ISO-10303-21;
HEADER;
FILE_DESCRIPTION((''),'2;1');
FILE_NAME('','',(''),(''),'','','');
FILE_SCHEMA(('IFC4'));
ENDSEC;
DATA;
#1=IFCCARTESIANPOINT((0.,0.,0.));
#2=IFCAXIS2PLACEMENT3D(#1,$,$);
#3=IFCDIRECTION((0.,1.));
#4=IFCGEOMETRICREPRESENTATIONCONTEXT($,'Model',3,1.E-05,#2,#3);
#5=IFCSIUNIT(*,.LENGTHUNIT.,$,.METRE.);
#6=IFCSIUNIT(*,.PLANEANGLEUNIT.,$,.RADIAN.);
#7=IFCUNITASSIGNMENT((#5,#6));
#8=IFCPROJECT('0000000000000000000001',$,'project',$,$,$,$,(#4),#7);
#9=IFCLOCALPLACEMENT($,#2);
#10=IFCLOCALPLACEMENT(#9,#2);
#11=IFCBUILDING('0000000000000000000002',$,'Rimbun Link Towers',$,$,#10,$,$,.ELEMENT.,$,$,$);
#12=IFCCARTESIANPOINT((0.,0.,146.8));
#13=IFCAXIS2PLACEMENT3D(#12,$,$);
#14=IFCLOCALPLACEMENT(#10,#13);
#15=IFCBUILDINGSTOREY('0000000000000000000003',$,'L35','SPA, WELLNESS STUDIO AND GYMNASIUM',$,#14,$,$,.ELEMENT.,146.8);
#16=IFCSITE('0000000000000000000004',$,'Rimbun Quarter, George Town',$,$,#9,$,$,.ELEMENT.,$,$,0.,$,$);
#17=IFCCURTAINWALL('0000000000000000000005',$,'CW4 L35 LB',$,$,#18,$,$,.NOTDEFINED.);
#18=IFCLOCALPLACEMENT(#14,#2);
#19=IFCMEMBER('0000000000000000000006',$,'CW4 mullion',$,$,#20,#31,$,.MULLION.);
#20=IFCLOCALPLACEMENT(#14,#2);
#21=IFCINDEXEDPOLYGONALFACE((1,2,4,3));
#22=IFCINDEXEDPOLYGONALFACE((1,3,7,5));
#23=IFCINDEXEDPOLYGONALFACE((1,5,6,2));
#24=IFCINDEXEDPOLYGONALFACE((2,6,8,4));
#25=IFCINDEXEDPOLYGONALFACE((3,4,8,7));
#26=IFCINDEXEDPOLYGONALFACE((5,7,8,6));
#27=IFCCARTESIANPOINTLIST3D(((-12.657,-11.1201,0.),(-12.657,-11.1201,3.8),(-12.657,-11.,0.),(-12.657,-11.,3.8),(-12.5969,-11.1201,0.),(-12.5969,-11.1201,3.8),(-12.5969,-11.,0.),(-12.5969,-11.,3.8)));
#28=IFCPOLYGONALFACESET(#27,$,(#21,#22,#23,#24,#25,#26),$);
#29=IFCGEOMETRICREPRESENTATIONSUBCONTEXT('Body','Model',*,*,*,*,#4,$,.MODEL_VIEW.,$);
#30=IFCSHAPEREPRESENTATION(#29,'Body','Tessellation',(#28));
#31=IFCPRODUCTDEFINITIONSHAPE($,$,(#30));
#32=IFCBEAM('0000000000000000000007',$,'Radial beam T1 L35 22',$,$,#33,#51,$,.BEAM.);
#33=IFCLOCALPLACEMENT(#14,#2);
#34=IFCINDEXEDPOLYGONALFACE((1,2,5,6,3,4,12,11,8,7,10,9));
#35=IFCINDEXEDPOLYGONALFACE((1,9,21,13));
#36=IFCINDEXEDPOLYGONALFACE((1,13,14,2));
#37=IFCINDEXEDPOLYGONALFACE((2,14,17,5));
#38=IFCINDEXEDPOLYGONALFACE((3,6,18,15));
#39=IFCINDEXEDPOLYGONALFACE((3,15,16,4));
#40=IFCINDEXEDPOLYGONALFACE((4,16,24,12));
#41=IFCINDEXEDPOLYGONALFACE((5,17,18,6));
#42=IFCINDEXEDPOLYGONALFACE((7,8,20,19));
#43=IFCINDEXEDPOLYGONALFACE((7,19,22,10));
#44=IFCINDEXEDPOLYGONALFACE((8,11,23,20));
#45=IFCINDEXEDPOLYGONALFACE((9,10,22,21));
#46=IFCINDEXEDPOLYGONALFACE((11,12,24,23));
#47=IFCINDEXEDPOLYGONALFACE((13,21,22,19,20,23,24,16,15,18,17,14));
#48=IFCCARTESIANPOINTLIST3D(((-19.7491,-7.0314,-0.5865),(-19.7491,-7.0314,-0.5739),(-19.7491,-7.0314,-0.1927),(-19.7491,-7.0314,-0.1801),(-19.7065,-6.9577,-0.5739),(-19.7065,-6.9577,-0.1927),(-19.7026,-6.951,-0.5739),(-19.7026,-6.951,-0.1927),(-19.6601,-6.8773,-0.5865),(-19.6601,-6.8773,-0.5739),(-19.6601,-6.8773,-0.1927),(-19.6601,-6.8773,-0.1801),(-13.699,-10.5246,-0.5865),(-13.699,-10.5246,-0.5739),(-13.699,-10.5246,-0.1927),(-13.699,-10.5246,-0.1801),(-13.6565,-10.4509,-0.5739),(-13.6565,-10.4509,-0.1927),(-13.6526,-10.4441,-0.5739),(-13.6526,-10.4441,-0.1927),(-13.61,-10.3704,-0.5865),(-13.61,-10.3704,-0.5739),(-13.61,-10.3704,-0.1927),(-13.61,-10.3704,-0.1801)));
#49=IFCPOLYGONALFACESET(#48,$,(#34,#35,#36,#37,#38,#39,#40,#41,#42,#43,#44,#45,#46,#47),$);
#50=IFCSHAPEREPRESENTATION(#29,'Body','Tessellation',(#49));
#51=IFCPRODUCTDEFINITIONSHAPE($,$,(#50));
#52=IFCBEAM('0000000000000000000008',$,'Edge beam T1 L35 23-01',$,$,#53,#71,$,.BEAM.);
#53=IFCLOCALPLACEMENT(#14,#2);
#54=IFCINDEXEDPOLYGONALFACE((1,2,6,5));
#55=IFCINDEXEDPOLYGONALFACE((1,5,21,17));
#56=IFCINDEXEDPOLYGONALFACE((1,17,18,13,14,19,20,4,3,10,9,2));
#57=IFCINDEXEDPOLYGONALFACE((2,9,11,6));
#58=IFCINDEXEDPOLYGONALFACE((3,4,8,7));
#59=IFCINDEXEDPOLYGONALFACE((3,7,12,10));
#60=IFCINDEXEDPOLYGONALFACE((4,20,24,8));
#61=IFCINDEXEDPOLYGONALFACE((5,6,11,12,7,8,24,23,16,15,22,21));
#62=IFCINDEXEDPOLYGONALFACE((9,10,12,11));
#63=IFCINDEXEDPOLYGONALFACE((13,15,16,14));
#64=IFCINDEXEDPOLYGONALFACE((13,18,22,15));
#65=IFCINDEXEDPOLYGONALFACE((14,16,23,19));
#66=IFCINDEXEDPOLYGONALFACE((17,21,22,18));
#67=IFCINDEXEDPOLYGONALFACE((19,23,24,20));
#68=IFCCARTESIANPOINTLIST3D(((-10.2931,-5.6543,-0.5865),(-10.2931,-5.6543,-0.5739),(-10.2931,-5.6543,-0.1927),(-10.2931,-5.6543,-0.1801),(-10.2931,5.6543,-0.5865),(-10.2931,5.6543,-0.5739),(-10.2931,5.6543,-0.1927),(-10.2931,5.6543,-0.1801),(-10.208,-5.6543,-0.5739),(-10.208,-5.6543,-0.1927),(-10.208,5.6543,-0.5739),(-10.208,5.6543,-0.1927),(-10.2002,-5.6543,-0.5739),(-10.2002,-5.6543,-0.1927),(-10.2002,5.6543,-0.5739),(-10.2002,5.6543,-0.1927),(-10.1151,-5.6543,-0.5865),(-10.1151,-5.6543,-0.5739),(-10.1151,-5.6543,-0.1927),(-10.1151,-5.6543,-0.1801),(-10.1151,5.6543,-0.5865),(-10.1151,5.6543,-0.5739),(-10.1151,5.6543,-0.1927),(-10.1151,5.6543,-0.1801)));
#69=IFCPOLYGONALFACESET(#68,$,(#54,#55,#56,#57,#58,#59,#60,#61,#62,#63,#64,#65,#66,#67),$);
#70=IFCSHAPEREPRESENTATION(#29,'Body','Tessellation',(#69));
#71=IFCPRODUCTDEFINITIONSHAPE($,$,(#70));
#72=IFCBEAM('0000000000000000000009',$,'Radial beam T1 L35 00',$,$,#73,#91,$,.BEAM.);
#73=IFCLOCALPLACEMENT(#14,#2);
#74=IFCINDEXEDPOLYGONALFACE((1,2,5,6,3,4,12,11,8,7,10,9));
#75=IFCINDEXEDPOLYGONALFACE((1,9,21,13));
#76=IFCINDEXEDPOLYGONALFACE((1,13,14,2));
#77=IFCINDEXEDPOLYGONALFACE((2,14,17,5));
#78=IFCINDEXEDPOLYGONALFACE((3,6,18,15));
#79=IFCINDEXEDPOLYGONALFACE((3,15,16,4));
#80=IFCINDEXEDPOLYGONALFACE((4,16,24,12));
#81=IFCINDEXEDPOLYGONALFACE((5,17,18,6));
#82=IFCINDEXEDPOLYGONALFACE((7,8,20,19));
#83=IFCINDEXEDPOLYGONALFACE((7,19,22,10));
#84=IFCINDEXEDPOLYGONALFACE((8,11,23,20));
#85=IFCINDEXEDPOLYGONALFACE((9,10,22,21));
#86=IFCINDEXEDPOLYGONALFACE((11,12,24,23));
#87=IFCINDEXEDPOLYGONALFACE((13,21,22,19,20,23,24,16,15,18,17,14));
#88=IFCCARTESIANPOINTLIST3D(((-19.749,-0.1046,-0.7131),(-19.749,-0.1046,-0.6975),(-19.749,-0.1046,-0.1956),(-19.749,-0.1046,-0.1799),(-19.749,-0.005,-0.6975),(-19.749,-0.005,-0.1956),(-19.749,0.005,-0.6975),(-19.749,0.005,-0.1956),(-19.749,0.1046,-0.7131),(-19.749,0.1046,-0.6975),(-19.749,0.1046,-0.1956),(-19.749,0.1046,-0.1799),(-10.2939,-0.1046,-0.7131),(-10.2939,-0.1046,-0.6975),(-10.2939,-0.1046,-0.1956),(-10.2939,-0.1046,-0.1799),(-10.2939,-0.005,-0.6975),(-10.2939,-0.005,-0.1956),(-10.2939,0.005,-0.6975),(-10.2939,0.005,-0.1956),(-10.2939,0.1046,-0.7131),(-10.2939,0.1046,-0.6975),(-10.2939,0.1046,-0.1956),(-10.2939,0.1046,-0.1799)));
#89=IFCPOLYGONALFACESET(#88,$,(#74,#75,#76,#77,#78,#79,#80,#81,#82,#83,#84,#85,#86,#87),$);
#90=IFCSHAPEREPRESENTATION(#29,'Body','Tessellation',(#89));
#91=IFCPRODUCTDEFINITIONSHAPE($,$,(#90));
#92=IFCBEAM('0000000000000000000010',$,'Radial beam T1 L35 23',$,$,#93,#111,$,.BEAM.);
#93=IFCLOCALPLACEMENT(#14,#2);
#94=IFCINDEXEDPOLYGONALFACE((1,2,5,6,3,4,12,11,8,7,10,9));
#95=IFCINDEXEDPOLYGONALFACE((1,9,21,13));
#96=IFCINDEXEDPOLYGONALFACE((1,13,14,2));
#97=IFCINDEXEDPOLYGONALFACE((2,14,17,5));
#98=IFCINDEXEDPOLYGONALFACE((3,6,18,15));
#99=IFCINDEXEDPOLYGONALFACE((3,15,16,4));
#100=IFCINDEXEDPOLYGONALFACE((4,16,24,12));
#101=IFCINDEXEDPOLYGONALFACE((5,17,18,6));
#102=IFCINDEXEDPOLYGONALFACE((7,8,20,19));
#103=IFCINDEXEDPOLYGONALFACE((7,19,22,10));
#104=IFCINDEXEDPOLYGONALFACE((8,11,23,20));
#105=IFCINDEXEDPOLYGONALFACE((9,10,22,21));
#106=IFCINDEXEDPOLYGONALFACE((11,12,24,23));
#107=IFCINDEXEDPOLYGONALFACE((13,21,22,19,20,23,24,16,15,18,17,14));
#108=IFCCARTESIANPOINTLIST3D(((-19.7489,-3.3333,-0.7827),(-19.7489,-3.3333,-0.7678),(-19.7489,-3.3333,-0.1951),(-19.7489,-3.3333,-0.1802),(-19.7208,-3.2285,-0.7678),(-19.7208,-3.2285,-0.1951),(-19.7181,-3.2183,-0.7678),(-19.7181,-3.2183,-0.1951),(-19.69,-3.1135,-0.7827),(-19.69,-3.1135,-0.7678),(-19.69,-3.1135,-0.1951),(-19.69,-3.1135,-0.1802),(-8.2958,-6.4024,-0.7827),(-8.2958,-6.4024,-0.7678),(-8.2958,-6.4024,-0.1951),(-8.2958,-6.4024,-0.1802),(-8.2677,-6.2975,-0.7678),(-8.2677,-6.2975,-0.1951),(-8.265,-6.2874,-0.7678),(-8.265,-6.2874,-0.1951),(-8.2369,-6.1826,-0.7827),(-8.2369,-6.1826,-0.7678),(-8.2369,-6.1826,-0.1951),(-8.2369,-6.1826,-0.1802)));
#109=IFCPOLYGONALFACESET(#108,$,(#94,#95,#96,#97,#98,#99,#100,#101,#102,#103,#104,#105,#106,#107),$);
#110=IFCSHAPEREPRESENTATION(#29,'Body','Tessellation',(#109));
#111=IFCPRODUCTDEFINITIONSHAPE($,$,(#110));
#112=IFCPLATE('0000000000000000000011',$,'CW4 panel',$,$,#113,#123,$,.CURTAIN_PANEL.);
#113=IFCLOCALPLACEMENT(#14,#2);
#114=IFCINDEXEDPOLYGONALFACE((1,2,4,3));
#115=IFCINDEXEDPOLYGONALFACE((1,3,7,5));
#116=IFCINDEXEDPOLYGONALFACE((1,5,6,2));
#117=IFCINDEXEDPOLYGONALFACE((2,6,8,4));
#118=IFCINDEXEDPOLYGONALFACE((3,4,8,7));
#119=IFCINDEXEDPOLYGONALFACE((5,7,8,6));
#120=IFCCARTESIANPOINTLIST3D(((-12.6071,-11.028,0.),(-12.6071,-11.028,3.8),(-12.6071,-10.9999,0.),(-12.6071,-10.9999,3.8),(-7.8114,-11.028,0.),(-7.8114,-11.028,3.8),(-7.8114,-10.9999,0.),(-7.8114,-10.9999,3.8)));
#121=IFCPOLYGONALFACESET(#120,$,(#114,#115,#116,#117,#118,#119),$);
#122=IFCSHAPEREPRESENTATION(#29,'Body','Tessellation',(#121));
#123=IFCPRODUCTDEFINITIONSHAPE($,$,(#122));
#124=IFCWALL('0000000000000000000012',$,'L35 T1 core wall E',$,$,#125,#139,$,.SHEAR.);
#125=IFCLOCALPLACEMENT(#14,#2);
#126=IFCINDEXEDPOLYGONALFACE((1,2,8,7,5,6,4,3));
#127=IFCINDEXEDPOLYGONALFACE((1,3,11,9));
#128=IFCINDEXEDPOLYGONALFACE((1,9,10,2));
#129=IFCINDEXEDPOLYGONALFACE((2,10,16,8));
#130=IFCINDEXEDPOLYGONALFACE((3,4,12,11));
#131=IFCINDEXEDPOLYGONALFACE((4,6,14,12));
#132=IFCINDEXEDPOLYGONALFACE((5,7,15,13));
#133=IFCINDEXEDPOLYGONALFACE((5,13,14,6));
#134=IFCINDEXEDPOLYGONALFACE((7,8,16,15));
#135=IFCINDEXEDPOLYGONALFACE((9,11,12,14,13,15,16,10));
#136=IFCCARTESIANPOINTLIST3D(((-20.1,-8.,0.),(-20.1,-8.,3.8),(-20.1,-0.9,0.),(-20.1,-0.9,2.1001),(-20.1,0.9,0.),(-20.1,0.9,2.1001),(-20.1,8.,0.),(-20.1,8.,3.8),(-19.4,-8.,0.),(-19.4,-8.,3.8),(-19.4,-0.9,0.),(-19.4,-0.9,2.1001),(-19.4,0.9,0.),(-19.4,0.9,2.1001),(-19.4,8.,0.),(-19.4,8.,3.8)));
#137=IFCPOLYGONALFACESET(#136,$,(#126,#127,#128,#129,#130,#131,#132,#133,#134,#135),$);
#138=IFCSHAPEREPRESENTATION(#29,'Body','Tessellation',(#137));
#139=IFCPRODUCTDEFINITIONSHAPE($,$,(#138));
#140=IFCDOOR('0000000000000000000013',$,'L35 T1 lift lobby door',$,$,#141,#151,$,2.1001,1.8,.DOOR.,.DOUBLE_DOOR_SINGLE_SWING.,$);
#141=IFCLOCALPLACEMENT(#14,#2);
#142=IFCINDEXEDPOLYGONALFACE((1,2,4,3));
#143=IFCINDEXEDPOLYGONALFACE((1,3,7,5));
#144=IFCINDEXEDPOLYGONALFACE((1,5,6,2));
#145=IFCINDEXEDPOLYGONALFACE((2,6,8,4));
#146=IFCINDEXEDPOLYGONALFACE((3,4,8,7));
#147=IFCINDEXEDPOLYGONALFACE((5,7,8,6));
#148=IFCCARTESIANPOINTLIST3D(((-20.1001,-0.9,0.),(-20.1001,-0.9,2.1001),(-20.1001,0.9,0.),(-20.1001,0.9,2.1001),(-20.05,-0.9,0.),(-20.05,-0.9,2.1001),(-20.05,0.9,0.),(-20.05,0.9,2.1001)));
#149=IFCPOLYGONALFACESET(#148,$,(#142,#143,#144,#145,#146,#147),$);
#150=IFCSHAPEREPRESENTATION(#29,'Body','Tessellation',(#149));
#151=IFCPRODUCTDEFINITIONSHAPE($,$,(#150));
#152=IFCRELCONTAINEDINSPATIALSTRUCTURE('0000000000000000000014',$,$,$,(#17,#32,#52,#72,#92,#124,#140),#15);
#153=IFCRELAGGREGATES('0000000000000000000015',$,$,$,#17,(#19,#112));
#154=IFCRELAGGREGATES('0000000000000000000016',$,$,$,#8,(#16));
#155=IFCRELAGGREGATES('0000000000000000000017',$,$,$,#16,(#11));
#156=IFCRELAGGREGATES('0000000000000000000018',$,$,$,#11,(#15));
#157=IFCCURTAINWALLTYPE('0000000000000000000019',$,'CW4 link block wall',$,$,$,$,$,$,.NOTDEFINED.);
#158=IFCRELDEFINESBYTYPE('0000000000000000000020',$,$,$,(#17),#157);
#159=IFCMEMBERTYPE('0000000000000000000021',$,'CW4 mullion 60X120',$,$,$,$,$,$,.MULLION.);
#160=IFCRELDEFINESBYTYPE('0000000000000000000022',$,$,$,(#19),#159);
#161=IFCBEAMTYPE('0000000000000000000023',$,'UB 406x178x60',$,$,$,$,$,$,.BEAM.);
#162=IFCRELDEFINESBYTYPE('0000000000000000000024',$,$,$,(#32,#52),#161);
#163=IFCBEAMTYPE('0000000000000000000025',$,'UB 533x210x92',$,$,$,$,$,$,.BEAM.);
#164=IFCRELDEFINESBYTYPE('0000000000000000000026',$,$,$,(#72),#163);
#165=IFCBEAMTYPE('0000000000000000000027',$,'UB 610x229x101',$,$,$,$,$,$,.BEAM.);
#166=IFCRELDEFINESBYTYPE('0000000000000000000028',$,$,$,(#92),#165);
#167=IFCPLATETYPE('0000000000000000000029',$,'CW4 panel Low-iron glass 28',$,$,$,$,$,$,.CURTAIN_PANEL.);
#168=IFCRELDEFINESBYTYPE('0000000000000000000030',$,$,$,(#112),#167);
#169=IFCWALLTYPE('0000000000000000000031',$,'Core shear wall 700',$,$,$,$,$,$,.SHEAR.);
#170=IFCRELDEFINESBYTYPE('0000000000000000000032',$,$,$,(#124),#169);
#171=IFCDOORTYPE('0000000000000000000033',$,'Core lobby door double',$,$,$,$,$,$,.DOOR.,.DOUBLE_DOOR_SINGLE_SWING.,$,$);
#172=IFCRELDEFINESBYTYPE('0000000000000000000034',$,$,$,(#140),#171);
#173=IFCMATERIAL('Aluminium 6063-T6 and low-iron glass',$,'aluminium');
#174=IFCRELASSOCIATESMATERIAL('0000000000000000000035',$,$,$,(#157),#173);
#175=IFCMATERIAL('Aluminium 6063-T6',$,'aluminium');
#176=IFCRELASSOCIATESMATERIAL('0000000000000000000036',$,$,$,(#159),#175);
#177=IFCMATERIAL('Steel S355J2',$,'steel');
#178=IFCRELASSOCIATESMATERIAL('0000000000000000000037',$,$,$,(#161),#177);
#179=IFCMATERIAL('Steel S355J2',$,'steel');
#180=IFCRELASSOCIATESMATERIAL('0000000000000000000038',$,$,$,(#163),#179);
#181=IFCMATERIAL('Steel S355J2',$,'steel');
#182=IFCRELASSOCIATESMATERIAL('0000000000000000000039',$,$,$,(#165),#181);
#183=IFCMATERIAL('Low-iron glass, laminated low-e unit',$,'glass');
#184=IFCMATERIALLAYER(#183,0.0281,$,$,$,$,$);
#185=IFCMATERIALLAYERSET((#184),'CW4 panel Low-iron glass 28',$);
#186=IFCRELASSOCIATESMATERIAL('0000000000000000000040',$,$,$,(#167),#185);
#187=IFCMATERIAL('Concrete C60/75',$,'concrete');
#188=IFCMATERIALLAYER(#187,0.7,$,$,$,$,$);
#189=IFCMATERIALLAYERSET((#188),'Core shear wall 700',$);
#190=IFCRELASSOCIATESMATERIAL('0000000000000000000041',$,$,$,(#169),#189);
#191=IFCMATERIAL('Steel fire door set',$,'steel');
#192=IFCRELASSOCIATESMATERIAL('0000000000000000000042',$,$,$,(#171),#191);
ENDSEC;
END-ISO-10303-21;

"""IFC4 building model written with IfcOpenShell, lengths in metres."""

from ifc_helpers import new_model, si_unit, direction, frame, frame_2d, origin, origin_2d, place, context, subcontext, project, spatial, rectangle, i_section, extrude, material, layer, layer_set, material_profile, profile_set, type_object, element, fill, aggregate, save


model = new_model("IFC4")

# Units and contexts
model_context = context("Model", 3, precision=1e-05, world=origin(), true_north=direction((0.0, 1.0)))
body_context = subcontext(model_context, "Body", "Model", "MODEL_VIEW")
ifc_project = project(units=[si_unit("LENGTHUNIT", "METRE"), si_unit("PLANEANGLEUNIT", "RADIAN")], contexts=[model_context])

# Site, building, storey
site_placement = place(None, origin())
site = spatial("IfcSite", under=ifc_project, at=site_placement, Name="Rimbun Quarter, George Town", CompositionType="ELEMENT", RefElevation=0.0)
building_placement = place(site_placement, origin())
building = spatial("IfcBuilding", under=site, at=building_placement, Name="Rimbun Link Towers", CompositionType="ELEMENT")
storey_placement = place(building_placement, frame((0.0, 0.0, 146.8)))
storey = spatial("IfcBuildingStorey", under=building, at=storey_placement, Name="L35", Description="SPA, WELLNESS STUDIO AND GYMNASIUM", CompositionType="ELEMENT", Elevation=146.8)

# Curtain wall, member
ifc_material_1 = material(Name="Aluminium 6063-T6 and low-iron glass", Category="aluminium")
curtain_wall_type = type_object("IfcCurtainWallType", Name="CW4 link block wall", PredefinedType="NOTDEFINED", material=ifc_material_1)
curtain_wall_placement = place(storey_placement, origin())
curtain_wall = element("IfcCurtainWall", 1, at=curtain_wall_placement, inside=storey, type_object=curtain_wall_type, Name="CW4 L35 LB", PredefinedType="NOTDEFINED")
ifc_material_2 = material(Name="Aluminium 6063-T6", Category="aluminium")
ifc_material_profile_1 = material_profile(ifc_material_2, rectangle(XDim=0.1201, YDim=0.0601, at=origin_2d()), Name="MULLION 60X120")
ifc_profile_set_1 = profile_set([ifc_material_profile_1], Name="Aluminium 6063-T6")
member_type = type_object("IfcMemberType", Name="CW4 mullion 60X120", PredefinedType="MULLION", material=ifc_profile_set_1)
member_placement = place(storey_placement, frame((-12.627, -11.0601, 0.0), z_axis=(0.0, 0.0, 1.0), x_axis=(0.0, -1.0, 0.0)))
member = element("IfcMember", 2, at=member_placement, type_object=member_type, Name="CW4 mullion", PredefinedType="MULLION", context=body_context, shape_type="SweptSolid", body=[
    extrude(rectangle(XDim=0.1201, YDim=0.0601, at=origin_2d()), origin(), (0.0, 0.0, 1.0), 3.8),
])

# Beams
ifc_material_3 = material(Name="Steel S355J2", Category="steel")
ifc_material_profile_2 = material_profile(ifc_material_3, i_section(OverallWidth=0.178, OverallDepth=0.4065, WebThickness=0.0078, FlangeThickness=0.0127, at=origin_2d()), Name="UB 406x178x60")
ifc_profile_set_2 = profile_set([ifc_material_profile_2], Name="Steel S355J2")
beam_type_1 = type_object("IfcBeamType", Name="UB 406x178x60", PredefinedType="BEAM", material=ifc_profile_set_2)
beam_1_placement = place(storey_placement, frame((-19.7046, -6.9543, -0.3833), z_axis=(0.866015, -0.500018, 0.0), x_axis=(0.500018, 0.866015, 0.0)))
element("IfcBeam", 3, at=beam_1_placement, inside=storey, type_object=beam_type_1, Name="Radial beam T1 L35 22", PredefinedType="BEAM", context=body_context, shape_type="SweptSolid", body=[
    extrude(i_section(OverallWidth=0.178, OverallDepth=0.4065, WebThickness=0.0078, FlangeThickness=0.0127, at=origin_2d()), origin(), (0.0, 0.0, 1.0), 6.9861),
])
beam_2_placement = place(storey_placement, frame((-10.2041, -5.6543, -0.3833), z_axis=(0.0, 1.0, 0.0), x_axis=(-1.0, 0.0, 0.0)))
element("IfcBeam", 4, at=beam_2_placement, inside=storey, type_object=beam_type_1, Name="Edge beam T1 L35 23-01", PredefinedType="BEAM", context=body_context, shape_type="SweptSolid", body=[
    extrude(i_section(OverallWidth=0.178, OverallDepth=0.4065, WebThickness=0.0078, FlangeThickness=0.0127, at=origin_2d()), origin(), (0.0, 0.0, 1.0), 11.3086),
])
ifc_material_4 = material(Name="Steel S355J2", Category="steel")
ifc_material_profile_3 = material_profile(ifc_material_4, i_section(OverallWidth=0.2092, OverallDepth=0.5332, WebThickness=0.01, FlangeThickness=0.0156, at=origin_2d()), Name="UB 533x210x92")
ifc_profile_set_3 = profile_set([ifc_material_profile_3], Name="Steel S355J2")
beam_type_2 = type_object("IfcBeamType", Name="UB 533x210x92", PredefinedType="BEAM", material=ifc_profile_set_3)
beam_3_placement = place(storey_placement, frame((-19.749, 0.0, -0.4465), z_axis=(1.0, 0.0, 0.0), x_axis=(0.0, 1.0, 0.0)))
element("IfcBeam", 5, at=beam_3_placement, inside=storey, type_object=beam_type_2, Name="Radial beam T1 L35 00", PredefinedType="BEAM", context=body_context, shape_type="SweptSolid", body=[
    extrude(i_section(OverallWidth=0.2092, OverallDepth=0.5332, WebThickness=0.01, FlangeThickness=0.0156, at=origin_2d()), origin(), (0.0, 0.0, 1.0), 9.4551),
])
ifc_material_5 = material(Name="Steel S355J2", Category="steel")
ifc_material_profile_4 = material_profile(ifc_material_5, i_section(OverallWidth=0.2275, OverallDepth=0.6025, WebThickness=0.0105, FlangeThickness=0.0149, at=origin_2d()), Name="UB 610x229x101")
ifc_profile_set_4 = profile_set([ifc_material_profile_4], Name="Steel S355J2")
beam_type_3 = type_object("IfcBeamType", Name="UB 610x229x101", PredefinedType="BEAM", material=ifc_profile_set_4)
beam_4_placement = place(storey_placement, frame((-19.7195, -3.2234, -0.4814), z_axis=(0.965921, -0.258838, 0.0), x_axis=(0.258838, 0.965921, 0.0)))
element("IfcBeam", 6, at=beam_4_placement, inside=storey, type_object=beam_type_3, Name="Radial beam T1 L35 23", PredefinedType="BEAM", context=body_context, shape_type="SweptSolid", body=[
    extrude(i_section(OverallWidth=0.2275, OverallDepth=0.6025, WebThickness=0.0105, FlangeThickness=0.0149, at=origin_2d()), origin(), (0.0, 0.0, 1.0), 11.8572),
])

# Plate
ifc_material_6 = material(Name="Low-iron glass, laminated low-e unit", Category="glass")
ifc_layer_1 = layer(ifc_material_6, 0.0281)
ifc_layer_set_1 = layer_set([ifc_layer_1], Name="CW4 panel Low-iron glass 28")
plate_type = type_object("IfcPlateType", Name="CW4 panel Low-iron glass 28", PredefinedType="CURTAIN_PANEL", material=ifc_layer_set_1)
plate_placement = place(storey_placement, frame((-10.2092, -11.0139, 0.0), z_axis=(0.0, 0.0, 1.0), x_axis=(-1.0, 0.0, 0.0)))
plate = element("IfcPlate", 7, at=plate_placement, type_object=plate_type, Name="CW4 panel", PredefinedType="CURTAIN_PANEL", context=body_context, shape_type="SweptSolid", body=[
    extrude(rectangle(XDim=4.7957, YDim=0.0281, at=origin_2d()), origin(), (0.0, 0.0, 1.0), 3.8),
])
aggregate(curtain_wall, [member, plate])

# Wall, opening, door
ifc_material_7 = material(Name="Concrete C60/75", Category="concrete")
ifc_layer_2 = layer(ifc_material_7, 0.7)
ifc_layer_set_2 = layer_set([ifc_layer_2], Name="Core shear wall 700")
wall_type_1 = type_object("IfcWallType", Name="Core shear wall 700", PredefinedType="SHEAR", material=ifc_layer_set_2)
wall_1_placement = place(storey_placement, frame((-19.75, -8.0, 0.0), z_axis=(0.0, 0.0, 1.0), x_axis=(0.0, 1.0, 0.0)))
wall_1 = element("IfcWall", 8, at=wall_1_placement, inside=storey, type_object=wall_type_1, Name="L35 T1 core wall E", PredefinedType="SHEAR", context=body_context, shape_type="SweptSolid", body=[
    extrude(rectangle(XDim=16.0, YDim=0.7, at=frame_2d((8.0, 0.0))), origin(), (0.0, 0.0, 1.0), 3.8),
])
opening_1_placement = place(wall_1_placement, frame((7.1001, 0.0, 0.0)))
opening_1 = element("IfcOpeningElement", 9, at=opening_1_placement, cuts=wall_1, PredefinedType="OPENING", context=body_context, shape_type="SweptSolid", body=[
    extrude(rectangle(XDim=1.8, YDim=2.1001, at=frame_2d((0.8999, 1.05))), frame((0.0, 0.3599, 0.0), z_axis=(0.0, -1.0, 0.0), x_axis=(1.0, 0.0, 0.0)), (0.0, 0.0, 1.0), 0.72),
])
ifc_material_8 = material(Name="Steel fire door set", Category="steel")
door_type_1 = type_object("IfcDoorType", Name="Core lobby door double", OperationType="DOUBLE_DOOR_SINGLE_SWING", PredefinedType="DOOR", material=ifc_material_8)
door_1_placement = place(opening_1_placement, origin())
door_1 = element("IfcDoor", 10, at=door_1_placement, inside=storey, type_object=door_type_1, Name="L35 T1 lift lobby door", OperationType="DOUBLE_DOOR_SINGLE_SWING", OverallHeight=2.1001, OverallWidth=1.8, PredefinedType="DOOR", context=body_context, shape_type="SweptSolid", body=[
    extrude(rectangle(XDim=1.8, YDim=2.1001, at=frame_2d((0.8999, 1.05))), frame((0.0, 0.3501, 0.0), z_axis=(0.0, -1.0, 0.0), x_axis=(1.0, 0.0, 0.0)), (0.0, 0.0, 1.0), 0.05),
])
fill(opening_1, door_1)

save(model, "model.ifc")
